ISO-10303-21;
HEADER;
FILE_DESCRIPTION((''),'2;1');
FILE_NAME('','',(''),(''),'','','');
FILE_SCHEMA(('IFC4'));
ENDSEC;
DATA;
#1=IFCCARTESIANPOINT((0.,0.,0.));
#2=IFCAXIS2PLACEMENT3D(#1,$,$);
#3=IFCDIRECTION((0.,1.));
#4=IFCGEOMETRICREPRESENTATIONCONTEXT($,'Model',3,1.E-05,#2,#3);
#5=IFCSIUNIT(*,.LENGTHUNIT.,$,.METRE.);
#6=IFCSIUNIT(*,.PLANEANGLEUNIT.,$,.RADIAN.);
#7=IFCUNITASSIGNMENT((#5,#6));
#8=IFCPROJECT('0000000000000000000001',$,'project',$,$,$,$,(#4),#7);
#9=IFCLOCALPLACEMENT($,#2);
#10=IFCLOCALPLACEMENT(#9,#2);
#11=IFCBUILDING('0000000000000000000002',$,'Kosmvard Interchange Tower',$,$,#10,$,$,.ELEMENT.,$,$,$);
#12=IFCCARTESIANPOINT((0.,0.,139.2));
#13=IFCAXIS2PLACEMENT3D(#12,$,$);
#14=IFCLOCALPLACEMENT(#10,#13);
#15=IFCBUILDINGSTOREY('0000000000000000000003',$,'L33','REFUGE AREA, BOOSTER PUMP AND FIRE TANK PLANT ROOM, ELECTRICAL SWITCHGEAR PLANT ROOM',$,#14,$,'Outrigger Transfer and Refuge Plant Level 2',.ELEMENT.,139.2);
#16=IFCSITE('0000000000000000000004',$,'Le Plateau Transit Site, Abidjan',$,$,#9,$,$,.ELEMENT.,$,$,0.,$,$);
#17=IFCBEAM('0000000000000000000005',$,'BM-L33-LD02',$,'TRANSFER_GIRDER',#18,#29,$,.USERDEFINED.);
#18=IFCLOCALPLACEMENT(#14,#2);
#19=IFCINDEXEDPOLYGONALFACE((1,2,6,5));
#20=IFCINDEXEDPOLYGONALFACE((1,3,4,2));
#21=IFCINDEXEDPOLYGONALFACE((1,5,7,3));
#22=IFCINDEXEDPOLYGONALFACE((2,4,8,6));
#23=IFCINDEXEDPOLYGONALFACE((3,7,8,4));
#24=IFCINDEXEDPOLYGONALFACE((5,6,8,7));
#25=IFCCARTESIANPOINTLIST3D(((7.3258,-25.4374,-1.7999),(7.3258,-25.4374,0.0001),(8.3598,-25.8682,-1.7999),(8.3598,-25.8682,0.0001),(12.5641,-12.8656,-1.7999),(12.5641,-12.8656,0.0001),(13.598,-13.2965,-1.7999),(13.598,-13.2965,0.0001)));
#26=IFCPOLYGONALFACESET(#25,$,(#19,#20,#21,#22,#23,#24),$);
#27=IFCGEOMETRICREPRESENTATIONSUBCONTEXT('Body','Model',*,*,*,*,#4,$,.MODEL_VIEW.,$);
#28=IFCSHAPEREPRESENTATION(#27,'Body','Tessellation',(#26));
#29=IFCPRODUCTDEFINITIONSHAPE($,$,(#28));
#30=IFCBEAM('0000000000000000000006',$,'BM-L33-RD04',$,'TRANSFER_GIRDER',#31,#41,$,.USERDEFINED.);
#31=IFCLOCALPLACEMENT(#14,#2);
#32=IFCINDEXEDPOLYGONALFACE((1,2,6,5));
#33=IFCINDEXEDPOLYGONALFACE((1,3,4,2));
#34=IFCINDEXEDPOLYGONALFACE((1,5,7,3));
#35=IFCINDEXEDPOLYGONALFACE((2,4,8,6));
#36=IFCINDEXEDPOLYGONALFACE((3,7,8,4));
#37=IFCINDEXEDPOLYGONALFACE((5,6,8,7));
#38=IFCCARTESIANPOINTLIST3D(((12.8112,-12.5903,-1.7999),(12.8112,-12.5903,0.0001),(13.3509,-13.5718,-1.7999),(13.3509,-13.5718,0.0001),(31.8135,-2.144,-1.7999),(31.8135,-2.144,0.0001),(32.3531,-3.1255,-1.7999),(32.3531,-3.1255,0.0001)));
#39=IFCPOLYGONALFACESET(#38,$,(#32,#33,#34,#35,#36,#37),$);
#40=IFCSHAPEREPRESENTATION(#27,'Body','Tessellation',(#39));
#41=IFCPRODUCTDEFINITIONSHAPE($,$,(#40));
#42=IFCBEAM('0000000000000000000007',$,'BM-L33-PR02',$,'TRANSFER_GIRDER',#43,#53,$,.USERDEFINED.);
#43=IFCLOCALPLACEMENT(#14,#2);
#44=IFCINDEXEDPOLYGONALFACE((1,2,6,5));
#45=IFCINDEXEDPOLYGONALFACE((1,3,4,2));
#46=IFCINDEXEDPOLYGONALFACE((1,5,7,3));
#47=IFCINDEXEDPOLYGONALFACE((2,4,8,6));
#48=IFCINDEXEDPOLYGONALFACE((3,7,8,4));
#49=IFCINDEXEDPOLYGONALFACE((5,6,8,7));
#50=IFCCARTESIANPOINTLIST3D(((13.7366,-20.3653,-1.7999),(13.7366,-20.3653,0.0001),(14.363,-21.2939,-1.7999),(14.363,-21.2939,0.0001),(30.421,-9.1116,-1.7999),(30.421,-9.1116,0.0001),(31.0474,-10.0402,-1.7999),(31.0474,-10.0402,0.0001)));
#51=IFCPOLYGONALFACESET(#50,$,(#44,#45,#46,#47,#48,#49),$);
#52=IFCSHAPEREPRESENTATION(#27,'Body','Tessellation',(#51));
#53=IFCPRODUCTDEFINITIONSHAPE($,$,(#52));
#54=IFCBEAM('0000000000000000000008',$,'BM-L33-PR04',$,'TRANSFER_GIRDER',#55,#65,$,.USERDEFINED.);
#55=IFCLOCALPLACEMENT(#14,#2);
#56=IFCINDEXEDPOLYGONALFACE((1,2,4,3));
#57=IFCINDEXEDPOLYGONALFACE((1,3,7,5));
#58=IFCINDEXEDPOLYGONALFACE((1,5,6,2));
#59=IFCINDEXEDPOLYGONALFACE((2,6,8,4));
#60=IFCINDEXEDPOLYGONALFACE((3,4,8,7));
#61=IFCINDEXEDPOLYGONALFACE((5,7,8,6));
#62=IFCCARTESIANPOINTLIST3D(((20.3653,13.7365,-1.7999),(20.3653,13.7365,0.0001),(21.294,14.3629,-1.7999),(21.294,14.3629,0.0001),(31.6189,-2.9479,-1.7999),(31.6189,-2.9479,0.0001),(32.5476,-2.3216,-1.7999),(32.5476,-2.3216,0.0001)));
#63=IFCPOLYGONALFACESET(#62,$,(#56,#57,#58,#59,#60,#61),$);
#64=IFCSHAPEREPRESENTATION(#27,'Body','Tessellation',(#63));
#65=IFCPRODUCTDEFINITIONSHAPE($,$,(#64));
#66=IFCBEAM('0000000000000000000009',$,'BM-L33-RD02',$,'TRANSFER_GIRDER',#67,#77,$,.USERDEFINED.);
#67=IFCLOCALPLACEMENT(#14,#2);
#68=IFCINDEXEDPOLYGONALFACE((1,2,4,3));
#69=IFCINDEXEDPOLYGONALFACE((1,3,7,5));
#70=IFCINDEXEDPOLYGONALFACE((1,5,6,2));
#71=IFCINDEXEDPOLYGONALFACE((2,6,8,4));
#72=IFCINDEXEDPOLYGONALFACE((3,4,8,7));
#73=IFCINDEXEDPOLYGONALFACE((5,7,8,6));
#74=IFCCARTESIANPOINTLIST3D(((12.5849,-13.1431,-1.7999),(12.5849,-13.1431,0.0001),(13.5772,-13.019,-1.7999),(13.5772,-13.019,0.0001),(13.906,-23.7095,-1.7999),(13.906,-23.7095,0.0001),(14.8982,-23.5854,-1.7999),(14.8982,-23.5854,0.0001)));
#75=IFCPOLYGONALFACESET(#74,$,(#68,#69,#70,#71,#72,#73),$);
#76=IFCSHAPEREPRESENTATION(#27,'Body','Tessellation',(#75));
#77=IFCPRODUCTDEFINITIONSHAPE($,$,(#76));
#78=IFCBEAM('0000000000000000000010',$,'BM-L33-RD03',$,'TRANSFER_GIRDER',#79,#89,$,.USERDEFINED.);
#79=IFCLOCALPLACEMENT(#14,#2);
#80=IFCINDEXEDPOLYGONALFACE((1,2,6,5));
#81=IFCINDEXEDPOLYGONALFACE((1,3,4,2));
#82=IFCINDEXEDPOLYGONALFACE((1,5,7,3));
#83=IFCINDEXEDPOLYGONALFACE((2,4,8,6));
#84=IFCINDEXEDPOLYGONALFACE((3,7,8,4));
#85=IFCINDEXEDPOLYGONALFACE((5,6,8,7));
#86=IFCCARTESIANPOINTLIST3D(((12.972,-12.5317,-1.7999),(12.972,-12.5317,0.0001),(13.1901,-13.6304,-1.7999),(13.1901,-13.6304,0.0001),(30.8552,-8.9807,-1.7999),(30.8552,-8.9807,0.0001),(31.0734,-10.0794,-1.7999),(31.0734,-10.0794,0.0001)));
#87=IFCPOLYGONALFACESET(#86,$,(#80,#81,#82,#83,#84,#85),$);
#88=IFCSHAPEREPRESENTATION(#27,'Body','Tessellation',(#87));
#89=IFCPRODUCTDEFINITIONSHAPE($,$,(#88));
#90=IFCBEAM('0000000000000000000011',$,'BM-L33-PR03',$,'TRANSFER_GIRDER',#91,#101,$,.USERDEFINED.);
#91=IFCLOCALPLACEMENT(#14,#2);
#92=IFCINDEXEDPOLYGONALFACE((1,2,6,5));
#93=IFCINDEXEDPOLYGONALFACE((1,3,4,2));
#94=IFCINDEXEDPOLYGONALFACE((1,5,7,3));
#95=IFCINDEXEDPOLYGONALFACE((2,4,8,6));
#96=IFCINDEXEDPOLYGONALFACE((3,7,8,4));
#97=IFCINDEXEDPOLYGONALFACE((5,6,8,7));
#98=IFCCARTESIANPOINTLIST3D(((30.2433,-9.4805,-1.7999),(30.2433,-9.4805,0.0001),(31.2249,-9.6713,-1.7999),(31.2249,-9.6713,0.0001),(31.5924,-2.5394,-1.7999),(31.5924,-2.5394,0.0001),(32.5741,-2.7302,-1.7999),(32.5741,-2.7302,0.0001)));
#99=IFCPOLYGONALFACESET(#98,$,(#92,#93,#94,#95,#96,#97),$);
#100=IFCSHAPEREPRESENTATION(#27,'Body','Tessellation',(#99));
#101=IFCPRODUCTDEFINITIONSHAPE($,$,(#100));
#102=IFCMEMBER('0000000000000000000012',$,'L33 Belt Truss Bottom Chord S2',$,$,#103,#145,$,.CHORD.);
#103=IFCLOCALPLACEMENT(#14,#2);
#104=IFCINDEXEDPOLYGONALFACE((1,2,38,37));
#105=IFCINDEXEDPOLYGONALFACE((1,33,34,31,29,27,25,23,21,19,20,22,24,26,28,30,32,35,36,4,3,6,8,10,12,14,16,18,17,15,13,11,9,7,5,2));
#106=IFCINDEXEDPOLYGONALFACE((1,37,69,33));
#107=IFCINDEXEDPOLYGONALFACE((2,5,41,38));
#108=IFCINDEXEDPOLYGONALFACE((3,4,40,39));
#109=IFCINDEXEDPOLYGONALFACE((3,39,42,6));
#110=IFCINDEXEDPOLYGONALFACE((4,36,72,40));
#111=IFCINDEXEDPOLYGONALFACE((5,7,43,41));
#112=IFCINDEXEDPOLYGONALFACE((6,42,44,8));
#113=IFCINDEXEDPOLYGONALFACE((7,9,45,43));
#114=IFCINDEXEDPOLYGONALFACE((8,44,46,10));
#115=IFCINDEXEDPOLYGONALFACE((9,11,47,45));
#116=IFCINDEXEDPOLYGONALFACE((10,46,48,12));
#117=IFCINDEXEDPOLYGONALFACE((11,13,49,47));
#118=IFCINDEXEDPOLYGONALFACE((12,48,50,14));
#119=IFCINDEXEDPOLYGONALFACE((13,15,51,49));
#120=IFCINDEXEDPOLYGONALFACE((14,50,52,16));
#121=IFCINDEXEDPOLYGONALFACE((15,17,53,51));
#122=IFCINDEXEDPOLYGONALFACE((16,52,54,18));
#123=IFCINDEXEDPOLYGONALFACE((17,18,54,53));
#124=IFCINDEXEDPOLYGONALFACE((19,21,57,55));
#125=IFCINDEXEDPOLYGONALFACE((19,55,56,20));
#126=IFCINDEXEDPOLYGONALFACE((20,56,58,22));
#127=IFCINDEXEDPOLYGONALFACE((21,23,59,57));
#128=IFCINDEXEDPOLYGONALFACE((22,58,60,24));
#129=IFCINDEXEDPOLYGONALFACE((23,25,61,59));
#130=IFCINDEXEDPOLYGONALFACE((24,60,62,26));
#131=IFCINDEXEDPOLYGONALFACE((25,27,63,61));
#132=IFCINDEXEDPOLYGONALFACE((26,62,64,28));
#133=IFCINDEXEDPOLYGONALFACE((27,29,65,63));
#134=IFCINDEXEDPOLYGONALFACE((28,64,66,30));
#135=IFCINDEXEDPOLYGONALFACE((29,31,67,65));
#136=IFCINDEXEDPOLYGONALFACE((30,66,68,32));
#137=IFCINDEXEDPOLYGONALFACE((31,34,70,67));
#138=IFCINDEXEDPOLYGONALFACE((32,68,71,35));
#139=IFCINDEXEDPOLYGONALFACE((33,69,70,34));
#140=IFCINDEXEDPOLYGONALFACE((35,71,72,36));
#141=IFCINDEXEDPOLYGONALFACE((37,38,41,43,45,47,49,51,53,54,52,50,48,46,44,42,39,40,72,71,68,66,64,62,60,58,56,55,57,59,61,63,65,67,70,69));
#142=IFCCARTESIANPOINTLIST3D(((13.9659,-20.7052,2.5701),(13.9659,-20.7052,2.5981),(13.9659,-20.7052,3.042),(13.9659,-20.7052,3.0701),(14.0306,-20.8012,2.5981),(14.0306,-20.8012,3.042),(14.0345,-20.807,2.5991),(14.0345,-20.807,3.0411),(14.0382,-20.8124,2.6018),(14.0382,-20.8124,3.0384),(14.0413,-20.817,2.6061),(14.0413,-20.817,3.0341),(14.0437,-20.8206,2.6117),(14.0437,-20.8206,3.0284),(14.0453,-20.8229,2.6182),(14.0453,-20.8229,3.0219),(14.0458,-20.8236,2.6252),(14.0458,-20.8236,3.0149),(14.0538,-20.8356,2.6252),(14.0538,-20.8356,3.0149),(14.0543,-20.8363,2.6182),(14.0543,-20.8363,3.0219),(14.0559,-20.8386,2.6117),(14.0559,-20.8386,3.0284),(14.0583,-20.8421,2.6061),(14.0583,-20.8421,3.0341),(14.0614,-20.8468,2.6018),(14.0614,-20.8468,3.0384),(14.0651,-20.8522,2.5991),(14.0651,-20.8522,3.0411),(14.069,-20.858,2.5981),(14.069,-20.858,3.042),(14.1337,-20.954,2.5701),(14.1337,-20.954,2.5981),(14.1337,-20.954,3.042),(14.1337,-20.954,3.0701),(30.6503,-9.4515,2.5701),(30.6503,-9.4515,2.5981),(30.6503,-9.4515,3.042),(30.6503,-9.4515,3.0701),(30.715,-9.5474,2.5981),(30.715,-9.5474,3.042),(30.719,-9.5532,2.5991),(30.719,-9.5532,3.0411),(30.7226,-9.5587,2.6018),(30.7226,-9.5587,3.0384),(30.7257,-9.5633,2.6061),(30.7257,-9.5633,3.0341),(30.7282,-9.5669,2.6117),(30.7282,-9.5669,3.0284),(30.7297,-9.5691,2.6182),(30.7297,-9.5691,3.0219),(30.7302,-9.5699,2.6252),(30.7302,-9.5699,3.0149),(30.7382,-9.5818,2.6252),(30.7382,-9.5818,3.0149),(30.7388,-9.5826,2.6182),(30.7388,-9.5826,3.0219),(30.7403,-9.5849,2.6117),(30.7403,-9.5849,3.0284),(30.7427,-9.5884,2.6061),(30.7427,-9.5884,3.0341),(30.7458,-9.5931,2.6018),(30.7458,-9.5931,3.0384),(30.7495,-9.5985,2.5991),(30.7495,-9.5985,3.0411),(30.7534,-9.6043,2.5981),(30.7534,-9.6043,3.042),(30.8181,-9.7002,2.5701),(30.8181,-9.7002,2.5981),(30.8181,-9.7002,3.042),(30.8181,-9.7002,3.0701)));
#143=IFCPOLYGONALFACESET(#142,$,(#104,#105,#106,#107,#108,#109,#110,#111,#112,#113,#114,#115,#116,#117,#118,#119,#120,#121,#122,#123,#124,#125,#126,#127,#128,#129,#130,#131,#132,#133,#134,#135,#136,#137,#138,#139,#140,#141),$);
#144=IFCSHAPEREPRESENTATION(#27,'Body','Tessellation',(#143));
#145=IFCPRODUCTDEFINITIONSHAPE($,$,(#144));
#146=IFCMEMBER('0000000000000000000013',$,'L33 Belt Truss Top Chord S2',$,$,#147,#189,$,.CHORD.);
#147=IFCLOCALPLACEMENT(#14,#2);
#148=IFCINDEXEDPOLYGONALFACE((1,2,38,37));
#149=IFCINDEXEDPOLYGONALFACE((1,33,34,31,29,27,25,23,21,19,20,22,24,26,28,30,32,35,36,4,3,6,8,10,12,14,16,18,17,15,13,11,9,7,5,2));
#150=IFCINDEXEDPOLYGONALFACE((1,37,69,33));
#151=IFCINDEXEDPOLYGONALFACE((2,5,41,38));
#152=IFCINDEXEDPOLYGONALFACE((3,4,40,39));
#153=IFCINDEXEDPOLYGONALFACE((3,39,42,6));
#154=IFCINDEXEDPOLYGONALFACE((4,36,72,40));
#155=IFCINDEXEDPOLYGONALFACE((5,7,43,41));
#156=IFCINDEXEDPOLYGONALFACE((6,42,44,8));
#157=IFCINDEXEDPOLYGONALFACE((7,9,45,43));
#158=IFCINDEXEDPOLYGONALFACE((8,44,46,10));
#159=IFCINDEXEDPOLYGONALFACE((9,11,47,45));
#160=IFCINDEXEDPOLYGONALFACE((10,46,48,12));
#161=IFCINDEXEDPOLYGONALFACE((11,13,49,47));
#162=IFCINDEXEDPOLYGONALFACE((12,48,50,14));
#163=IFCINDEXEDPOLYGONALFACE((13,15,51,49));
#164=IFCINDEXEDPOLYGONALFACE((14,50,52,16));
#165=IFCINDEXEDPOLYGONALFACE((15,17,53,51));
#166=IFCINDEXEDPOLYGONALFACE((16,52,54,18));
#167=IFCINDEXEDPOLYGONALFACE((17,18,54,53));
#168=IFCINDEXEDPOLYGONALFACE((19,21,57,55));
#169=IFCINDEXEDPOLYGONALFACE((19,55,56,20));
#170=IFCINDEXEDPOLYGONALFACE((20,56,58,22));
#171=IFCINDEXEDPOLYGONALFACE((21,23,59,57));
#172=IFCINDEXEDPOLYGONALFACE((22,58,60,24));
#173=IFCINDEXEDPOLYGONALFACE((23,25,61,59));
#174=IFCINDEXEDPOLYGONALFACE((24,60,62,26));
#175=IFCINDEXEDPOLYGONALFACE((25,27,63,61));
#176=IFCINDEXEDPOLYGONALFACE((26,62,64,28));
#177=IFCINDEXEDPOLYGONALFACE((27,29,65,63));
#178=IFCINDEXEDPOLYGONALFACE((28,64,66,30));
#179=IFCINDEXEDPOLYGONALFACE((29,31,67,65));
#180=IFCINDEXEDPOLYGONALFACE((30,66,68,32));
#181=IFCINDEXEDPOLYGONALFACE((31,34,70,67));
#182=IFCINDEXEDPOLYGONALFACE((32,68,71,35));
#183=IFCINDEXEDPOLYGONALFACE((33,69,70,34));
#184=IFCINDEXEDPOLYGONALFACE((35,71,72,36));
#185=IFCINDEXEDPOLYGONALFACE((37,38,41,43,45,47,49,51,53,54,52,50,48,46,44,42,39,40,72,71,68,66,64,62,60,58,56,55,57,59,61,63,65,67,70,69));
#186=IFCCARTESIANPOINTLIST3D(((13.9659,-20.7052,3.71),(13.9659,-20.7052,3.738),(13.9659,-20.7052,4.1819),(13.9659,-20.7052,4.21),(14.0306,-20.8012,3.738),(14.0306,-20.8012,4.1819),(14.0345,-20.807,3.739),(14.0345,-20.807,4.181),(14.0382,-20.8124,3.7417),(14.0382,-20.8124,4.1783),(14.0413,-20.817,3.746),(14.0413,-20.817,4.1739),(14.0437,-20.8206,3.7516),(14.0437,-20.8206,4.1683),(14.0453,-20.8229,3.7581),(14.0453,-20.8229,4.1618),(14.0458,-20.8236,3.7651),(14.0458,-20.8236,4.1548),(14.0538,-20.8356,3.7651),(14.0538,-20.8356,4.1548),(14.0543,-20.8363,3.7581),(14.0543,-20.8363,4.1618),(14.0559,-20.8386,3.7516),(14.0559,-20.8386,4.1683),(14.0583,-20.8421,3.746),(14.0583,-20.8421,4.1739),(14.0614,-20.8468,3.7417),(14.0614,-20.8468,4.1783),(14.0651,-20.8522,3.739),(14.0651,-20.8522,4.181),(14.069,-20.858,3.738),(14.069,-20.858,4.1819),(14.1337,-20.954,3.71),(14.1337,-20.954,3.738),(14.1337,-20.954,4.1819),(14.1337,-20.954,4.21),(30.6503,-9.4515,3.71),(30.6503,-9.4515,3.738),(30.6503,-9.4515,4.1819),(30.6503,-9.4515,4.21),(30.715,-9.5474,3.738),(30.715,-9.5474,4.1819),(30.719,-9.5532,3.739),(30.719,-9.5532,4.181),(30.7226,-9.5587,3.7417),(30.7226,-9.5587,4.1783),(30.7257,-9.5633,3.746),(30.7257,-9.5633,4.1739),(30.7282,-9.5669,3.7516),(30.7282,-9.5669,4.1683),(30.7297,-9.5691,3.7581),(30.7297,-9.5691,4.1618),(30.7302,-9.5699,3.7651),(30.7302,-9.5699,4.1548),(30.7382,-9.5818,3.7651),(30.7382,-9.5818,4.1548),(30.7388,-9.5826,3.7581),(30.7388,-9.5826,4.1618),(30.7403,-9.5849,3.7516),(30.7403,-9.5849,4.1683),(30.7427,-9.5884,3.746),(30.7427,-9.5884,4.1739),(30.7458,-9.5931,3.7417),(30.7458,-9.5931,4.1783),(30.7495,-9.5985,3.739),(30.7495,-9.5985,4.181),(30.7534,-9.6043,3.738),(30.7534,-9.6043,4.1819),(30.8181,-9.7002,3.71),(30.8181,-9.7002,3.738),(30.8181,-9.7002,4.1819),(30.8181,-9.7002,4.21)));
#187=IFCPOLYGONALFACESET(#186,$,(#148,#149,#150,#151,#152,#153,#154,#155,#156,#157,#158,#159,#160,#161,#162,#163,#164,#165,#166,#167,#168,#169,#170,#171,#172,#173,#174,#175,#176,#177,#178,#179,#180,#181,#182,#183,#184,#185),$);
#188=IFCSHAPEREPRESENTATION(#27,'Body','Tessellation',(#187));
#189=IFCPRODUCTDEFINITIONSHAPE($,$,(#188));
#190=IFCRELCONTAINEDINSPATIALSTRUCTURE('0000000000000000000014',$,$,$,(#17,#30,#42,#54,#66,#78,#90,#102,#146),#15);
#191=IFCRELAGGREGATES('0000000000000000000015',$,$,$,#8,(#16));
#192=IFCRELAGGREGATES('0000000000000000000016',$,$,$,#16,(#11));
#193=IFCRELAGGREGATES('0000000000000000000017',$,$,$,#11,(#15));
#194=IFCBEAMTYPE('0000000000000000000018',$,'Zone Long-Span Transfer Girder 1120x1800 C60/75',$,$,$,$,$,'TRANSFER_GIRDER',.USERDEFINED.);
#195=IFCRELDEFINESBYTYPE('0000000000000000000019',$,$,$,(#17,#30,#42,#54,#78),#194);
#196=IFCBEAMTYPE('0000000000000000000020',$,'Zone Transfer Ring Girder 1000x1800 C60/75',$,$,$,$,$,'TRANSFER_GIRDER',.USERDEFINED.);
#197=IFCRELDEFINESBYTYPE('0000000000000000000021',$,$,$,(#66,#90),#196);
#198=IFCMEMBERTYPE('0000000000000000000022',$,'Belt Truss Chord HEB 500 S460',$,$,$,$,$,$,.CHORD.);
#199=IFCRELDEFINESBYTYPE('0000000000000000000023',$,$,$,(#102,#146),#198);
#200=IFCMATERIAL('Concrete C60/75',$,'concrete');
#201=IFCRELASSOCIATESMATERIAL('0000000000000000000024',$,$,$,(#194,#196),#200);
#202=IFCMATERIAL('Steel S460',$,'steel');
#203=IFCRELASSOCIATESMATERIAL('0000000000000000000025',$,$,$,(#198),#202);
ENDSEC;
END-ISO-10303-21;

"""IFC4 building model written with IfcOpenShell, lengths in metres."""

from ifc_helpers import new_model, si_unit, direction, frame, origin, origin_2d, place, context, subcontext, project, spatial, rectangle, i_section, extrude, source, transform, mapped, material, material_profile, profile_set, type_object, element, save


model = new_model("IFC4")

# Units and contexts
model_context = context("Model", 3, precision=1e-05, world=origin(), true_north=direction((0.0, 1.0)))
body_context = subcontext(model_context, "Body", "Model", "MODEL_VIEW")
ifc_project = project(units=[si_unit("LENGTHUNIT", "METRE"), si_unit("PLANEANGLEUNIT", "RADIAN")], contexts=[model_context])

# Site, building, storey
site_placement = place(None, origin())
site = spatial("IfcSite", under=ifc_project, at=site_placement, Name="Le Plateau Transit Site, Abidjan", CompositionType="ELEMENT", RefElevation=0.0)
building_placement = place(site_placement, origin())
building = spatial("IfcBuilding", under=site, at=building_placement, Name="Kosmvard Interchange Tower", CompositionType="ELEMENT")
storey_placement = place(building_placement, frame((0.0, 0.0, 139.2)))
storey = spatial("IfcBuildingStorey", under=building, at=storey_placement, Name="L33", Description="REFUGE AREA, BOOSTER PUMP AND FIRE TANK PLANT ROOM, ELECTRICAL SWITCHGEAR PLANT ROOM", LongName="Outrigger Transfer and Refuge Plant Level 2", CompositionType="ELEMENT", Elevation=139.2)

# Shared definitions
ifc_material_1 = material(Name="Concrete C60/75", Category="concrete")
ifc_material_profile_1 = material_profile(ifc_material_1, rectangle(XDim=1.1201, YDim=1.8, at=origin_2d()), Name="TG 1120x1800")
ifc_profile_set_1 = profile_set([ifc_material_profile_1], Name="Concrete C60/75")
beam_type_1 = type_object("IfcBeamType", Name="Zone Long-Span Transfer Girder 1120x1800 C60/75", ElementType="TRANSFER_GIRDER", PredefinedType="USERDEFINED", material=ifc_profile_set_1)
ifc_material_profile_2 = material_profile(ifc_material_1, rectangle(XDim=1.0, YDim=1.8, at=origin_2d()), Name="TG 1000x1800")
ifc_profile_set_2 = profile_set([ifc_material_profile_2], Name="Concrete C60/75")
beam_type_2 = type_object("IfcBeamType", Name="Zone Transfer Ring Girder 1000x1800 C60/75", ElementType="TRANSFER_GIRDER", PredefinedType="USERDEFINED", material=ifc_profile_set_2)

# Shared definitions
ifc_material_2 = material(Name="Steel S460", Category="steel")

# Beams
shared_shape_1 = source(origin(), body_context, "Body", "SweptSolid", [
    extrude(rectangle(XDim=1.1201, YDim=1.8, at=origin_2d()), origin(), (0.0, 0.0, 1.0), 13.6194),
])
beam_1_placement = place(storey_placement, frame((13.0811, -13.0811, -0.8999), z_axis=(-0.384618, -0.923076, 0.0), x_axis=(0.923076, -0.384618, 0.0)))
element("IfcBeam", 1, at=beam_1_placement, inside=storey, type_object=beam_type_1, Name="BM-L33-LD02", ObjectType="TRANSFER_GIRDER", PredefinedType="USERDEFINED", context=body_context, shape_type="MappedRepresentation", body=[
    mapped(shared_shape_1, transform((0.0, 0.0, 0.0), scale=1.0)),
])
shared_shape_2 = source(origin(), body_context, "Body", "SweptSolid", [
    extrude(rectangle(XDim=1.1201, YDim=1.8, at=origin_2d()), origin(), (0.0, 0.0, 1.0), 21.6843),
])
beam_2_placement = place(storey_placement, frame((13.0811, -13.0811, -0.8999), z_axis=(0.876312, 0.481745, 0.0), x_axis=(-0.481745, 0.876312, 0.0)))
element("IfcBeam", 2, at=beam_2_placement, inside=storey, type_object=beam_type_1, Name="BM-L33-RD04", ObjectType="TRANSFER_GIRDER", PredefinedType="USERDEFINED", context=body_context, shape_type="MappedRepresentation", body=[
    mapped(shared_shape_2, transform((0.0, 0.0, 0.0), scale=1.0)),
])
shared_shape_3 = source(origin(), body_context, "Body", "SweptSolid", [
    extrude(rectangle(XDim=1.1201, YDim=1.8, at=origin_2d()), origin(), (0.0, 0.0, 1.0), 20.125),
])
for number, where, z_axis, x_axis, name in (
    (3, (14.0498, -20.8296, -0.8999), (0.829039, 0.559191, 0.0), (-0.559191, 0.829039, 0.0), "BM-L33-PR02"),
    (4, (32.0833, -2.6348, -0.8999), (-0.559185, 0.829043, 0.0), (-0.829043, -0.559185, 0.0), "BM-L33-PR04"),
):
    element("IfcBeam", number, at=place(storey_placement, frame(where, z_axis=z_axis, x_axis=x_axis)), inside=storey, type_object=beam_type_1, Name=name, ObjectType="TRANSFER_GIRDER", PredefinedType="USERDEFINED", context=body_context, shape_type="MappedRepresentation", body=[
        mapped(shared_shape_3, transform((0.0, 0.0, 0.0), scale=1.0)),
    ])
shared_shape_4 = source(origin(), body_context, "Body", "SweptSolid", [
    extrude(rectangle(XDim=1.0, YDim=1.8, at=origin_2d()), origin(), (0.0, 0.0, 1.0), 10.6487),
])
beam_3_placement = place(storey_placement, frame((13.0811, -13.0811, -0.8999), z_axis=(0.124057, -0.992275, 0.0), x_axis=(0.992275, 0.124057, 0.0)))
element("IfcBeam", 5, at=beam_3_placement, inside=storey, type_object=beam_type_2, Name="BM-L33-RD02", ObjectType="TRANSFER_GIRDER", PredefinedType="USERDEFINED", context=body_context, shape_type="MappedRepresentation", body=[
    mapped(shared_shape_4, transform((0.0, 0.0, 0.0), scale=1.0)),
])
shared_shape_5 = source(origin(), body_context, "Body", "SweptSolid", [
    extrude(rectangle(XDim=1.1201, YDim=1.8, at=origin_2d()), origin(), (0.0, 0.0, 1.0), 18.2324),
])
beam_4_placement = place(storey_placement, frame((13.0811, -13.0811, -0.8999), z_axis=(0.98085, 0.194764, 0.0), x_axis=(-0.194764, 0.98085, 0.0)))
element("IfcBeam", 6, at=beam_4_placement, inside=storey, type_object=beam_type_1, Name="BM-L33-RD03", ObjectType="TRANSFER_GIRDER", PredefinedType="USERDEFINED", context=body_context, shape_type="MappedRepresentation", body=[
    mapped(shared_shape_5, transform((0.0, 0.0, 0.0), scale=1.0)),
])
shared_shape_6 = source(origin(), body_context, "Body", "SweptSolid", [
    extrude(rectangle(XDim=1.0, YDim=1.8, at=origin_2d()), origin(), (0.0, 0.0, 1.0), 7.071),
])
beam_5_placement = place(storey_placement, frame((30.7341, -9.5759, -0.8999), z_axis=(0.190795, 0.98163, 0.0), x_axis=(-0.98163, 0.190795, 0.0)))
element("IfcBeam", 7, at=beam_5_placement, inside=storey, type_object=beam_type_2, Name="BM-L33-PR03", ObjectType="TRANSFER_GIRDER", PredefinedType="USERDEFINED", context=body_context, shape_type="MappedRepresentation", body=[
    mapped(shared_shape_6, transform((0.0, 0.0, 0.0), scale=1.0)),
])

# Members
ifc_material_profile_3 = material_profile(ifc_material_2, i_section(OverallWidth=0.3, OverallDepth=0.5, WebThickness=0.0144, FlangeThickness=0.0281, FilletRadius=0.0271, at=origin_2d()), Name="HEB 500")
ifc_profile_set_3 = profile_set([ifc_material_profile_3], Name="Steel S460")
member_type_1 = type_object("IfcMemberType", Name="Belt Truss Chord HEB 500 S460", PredefinedType="CHORD", material=ifc_profile_set_3)
shared_shape_7 = source(origin(), body_context, "Body", "SweptSolid", [
    extrude(i_section(OverallWidth=0.3, OverallDepth=0.5, WebThickness=0.0144, FlangeThickness=0.0281, FilletRadius=0.0271, at=origin_2d()), origin(), (0.0, 0.0, 1.0), 20.125),
])
for number, where, z_axis, x_axis, name in (
    (8, (14.0498, -20.8296, 2.8201), (0.829039, 0.559191, 0.0), (-0.559191, 0.829039, 0.0), "L33 Belt Truss Bottom Chord S2"),
    (9, (14.0498, -20.8296, 3.96), (0.829039, 0.559191, 0.0), (-0.559191, 0.829039, 0.0), "L33 Belt Truss Top Chord S2"),
):
    element("IfcMember", number, at=place(storey_placement, frame(where, z_axis=z_axis, x_axis=x_axis)), inside=storey, type_object=member_type_1, Name=name, PredefinedType="CHORD", context=body_context, shape_type="MappedRepresentation", body=[
        mapped(shared_shape_7, transform((0.0, 0.0, 0.0), scale=1.0)),
    ])

save(model, "model.ifc")
